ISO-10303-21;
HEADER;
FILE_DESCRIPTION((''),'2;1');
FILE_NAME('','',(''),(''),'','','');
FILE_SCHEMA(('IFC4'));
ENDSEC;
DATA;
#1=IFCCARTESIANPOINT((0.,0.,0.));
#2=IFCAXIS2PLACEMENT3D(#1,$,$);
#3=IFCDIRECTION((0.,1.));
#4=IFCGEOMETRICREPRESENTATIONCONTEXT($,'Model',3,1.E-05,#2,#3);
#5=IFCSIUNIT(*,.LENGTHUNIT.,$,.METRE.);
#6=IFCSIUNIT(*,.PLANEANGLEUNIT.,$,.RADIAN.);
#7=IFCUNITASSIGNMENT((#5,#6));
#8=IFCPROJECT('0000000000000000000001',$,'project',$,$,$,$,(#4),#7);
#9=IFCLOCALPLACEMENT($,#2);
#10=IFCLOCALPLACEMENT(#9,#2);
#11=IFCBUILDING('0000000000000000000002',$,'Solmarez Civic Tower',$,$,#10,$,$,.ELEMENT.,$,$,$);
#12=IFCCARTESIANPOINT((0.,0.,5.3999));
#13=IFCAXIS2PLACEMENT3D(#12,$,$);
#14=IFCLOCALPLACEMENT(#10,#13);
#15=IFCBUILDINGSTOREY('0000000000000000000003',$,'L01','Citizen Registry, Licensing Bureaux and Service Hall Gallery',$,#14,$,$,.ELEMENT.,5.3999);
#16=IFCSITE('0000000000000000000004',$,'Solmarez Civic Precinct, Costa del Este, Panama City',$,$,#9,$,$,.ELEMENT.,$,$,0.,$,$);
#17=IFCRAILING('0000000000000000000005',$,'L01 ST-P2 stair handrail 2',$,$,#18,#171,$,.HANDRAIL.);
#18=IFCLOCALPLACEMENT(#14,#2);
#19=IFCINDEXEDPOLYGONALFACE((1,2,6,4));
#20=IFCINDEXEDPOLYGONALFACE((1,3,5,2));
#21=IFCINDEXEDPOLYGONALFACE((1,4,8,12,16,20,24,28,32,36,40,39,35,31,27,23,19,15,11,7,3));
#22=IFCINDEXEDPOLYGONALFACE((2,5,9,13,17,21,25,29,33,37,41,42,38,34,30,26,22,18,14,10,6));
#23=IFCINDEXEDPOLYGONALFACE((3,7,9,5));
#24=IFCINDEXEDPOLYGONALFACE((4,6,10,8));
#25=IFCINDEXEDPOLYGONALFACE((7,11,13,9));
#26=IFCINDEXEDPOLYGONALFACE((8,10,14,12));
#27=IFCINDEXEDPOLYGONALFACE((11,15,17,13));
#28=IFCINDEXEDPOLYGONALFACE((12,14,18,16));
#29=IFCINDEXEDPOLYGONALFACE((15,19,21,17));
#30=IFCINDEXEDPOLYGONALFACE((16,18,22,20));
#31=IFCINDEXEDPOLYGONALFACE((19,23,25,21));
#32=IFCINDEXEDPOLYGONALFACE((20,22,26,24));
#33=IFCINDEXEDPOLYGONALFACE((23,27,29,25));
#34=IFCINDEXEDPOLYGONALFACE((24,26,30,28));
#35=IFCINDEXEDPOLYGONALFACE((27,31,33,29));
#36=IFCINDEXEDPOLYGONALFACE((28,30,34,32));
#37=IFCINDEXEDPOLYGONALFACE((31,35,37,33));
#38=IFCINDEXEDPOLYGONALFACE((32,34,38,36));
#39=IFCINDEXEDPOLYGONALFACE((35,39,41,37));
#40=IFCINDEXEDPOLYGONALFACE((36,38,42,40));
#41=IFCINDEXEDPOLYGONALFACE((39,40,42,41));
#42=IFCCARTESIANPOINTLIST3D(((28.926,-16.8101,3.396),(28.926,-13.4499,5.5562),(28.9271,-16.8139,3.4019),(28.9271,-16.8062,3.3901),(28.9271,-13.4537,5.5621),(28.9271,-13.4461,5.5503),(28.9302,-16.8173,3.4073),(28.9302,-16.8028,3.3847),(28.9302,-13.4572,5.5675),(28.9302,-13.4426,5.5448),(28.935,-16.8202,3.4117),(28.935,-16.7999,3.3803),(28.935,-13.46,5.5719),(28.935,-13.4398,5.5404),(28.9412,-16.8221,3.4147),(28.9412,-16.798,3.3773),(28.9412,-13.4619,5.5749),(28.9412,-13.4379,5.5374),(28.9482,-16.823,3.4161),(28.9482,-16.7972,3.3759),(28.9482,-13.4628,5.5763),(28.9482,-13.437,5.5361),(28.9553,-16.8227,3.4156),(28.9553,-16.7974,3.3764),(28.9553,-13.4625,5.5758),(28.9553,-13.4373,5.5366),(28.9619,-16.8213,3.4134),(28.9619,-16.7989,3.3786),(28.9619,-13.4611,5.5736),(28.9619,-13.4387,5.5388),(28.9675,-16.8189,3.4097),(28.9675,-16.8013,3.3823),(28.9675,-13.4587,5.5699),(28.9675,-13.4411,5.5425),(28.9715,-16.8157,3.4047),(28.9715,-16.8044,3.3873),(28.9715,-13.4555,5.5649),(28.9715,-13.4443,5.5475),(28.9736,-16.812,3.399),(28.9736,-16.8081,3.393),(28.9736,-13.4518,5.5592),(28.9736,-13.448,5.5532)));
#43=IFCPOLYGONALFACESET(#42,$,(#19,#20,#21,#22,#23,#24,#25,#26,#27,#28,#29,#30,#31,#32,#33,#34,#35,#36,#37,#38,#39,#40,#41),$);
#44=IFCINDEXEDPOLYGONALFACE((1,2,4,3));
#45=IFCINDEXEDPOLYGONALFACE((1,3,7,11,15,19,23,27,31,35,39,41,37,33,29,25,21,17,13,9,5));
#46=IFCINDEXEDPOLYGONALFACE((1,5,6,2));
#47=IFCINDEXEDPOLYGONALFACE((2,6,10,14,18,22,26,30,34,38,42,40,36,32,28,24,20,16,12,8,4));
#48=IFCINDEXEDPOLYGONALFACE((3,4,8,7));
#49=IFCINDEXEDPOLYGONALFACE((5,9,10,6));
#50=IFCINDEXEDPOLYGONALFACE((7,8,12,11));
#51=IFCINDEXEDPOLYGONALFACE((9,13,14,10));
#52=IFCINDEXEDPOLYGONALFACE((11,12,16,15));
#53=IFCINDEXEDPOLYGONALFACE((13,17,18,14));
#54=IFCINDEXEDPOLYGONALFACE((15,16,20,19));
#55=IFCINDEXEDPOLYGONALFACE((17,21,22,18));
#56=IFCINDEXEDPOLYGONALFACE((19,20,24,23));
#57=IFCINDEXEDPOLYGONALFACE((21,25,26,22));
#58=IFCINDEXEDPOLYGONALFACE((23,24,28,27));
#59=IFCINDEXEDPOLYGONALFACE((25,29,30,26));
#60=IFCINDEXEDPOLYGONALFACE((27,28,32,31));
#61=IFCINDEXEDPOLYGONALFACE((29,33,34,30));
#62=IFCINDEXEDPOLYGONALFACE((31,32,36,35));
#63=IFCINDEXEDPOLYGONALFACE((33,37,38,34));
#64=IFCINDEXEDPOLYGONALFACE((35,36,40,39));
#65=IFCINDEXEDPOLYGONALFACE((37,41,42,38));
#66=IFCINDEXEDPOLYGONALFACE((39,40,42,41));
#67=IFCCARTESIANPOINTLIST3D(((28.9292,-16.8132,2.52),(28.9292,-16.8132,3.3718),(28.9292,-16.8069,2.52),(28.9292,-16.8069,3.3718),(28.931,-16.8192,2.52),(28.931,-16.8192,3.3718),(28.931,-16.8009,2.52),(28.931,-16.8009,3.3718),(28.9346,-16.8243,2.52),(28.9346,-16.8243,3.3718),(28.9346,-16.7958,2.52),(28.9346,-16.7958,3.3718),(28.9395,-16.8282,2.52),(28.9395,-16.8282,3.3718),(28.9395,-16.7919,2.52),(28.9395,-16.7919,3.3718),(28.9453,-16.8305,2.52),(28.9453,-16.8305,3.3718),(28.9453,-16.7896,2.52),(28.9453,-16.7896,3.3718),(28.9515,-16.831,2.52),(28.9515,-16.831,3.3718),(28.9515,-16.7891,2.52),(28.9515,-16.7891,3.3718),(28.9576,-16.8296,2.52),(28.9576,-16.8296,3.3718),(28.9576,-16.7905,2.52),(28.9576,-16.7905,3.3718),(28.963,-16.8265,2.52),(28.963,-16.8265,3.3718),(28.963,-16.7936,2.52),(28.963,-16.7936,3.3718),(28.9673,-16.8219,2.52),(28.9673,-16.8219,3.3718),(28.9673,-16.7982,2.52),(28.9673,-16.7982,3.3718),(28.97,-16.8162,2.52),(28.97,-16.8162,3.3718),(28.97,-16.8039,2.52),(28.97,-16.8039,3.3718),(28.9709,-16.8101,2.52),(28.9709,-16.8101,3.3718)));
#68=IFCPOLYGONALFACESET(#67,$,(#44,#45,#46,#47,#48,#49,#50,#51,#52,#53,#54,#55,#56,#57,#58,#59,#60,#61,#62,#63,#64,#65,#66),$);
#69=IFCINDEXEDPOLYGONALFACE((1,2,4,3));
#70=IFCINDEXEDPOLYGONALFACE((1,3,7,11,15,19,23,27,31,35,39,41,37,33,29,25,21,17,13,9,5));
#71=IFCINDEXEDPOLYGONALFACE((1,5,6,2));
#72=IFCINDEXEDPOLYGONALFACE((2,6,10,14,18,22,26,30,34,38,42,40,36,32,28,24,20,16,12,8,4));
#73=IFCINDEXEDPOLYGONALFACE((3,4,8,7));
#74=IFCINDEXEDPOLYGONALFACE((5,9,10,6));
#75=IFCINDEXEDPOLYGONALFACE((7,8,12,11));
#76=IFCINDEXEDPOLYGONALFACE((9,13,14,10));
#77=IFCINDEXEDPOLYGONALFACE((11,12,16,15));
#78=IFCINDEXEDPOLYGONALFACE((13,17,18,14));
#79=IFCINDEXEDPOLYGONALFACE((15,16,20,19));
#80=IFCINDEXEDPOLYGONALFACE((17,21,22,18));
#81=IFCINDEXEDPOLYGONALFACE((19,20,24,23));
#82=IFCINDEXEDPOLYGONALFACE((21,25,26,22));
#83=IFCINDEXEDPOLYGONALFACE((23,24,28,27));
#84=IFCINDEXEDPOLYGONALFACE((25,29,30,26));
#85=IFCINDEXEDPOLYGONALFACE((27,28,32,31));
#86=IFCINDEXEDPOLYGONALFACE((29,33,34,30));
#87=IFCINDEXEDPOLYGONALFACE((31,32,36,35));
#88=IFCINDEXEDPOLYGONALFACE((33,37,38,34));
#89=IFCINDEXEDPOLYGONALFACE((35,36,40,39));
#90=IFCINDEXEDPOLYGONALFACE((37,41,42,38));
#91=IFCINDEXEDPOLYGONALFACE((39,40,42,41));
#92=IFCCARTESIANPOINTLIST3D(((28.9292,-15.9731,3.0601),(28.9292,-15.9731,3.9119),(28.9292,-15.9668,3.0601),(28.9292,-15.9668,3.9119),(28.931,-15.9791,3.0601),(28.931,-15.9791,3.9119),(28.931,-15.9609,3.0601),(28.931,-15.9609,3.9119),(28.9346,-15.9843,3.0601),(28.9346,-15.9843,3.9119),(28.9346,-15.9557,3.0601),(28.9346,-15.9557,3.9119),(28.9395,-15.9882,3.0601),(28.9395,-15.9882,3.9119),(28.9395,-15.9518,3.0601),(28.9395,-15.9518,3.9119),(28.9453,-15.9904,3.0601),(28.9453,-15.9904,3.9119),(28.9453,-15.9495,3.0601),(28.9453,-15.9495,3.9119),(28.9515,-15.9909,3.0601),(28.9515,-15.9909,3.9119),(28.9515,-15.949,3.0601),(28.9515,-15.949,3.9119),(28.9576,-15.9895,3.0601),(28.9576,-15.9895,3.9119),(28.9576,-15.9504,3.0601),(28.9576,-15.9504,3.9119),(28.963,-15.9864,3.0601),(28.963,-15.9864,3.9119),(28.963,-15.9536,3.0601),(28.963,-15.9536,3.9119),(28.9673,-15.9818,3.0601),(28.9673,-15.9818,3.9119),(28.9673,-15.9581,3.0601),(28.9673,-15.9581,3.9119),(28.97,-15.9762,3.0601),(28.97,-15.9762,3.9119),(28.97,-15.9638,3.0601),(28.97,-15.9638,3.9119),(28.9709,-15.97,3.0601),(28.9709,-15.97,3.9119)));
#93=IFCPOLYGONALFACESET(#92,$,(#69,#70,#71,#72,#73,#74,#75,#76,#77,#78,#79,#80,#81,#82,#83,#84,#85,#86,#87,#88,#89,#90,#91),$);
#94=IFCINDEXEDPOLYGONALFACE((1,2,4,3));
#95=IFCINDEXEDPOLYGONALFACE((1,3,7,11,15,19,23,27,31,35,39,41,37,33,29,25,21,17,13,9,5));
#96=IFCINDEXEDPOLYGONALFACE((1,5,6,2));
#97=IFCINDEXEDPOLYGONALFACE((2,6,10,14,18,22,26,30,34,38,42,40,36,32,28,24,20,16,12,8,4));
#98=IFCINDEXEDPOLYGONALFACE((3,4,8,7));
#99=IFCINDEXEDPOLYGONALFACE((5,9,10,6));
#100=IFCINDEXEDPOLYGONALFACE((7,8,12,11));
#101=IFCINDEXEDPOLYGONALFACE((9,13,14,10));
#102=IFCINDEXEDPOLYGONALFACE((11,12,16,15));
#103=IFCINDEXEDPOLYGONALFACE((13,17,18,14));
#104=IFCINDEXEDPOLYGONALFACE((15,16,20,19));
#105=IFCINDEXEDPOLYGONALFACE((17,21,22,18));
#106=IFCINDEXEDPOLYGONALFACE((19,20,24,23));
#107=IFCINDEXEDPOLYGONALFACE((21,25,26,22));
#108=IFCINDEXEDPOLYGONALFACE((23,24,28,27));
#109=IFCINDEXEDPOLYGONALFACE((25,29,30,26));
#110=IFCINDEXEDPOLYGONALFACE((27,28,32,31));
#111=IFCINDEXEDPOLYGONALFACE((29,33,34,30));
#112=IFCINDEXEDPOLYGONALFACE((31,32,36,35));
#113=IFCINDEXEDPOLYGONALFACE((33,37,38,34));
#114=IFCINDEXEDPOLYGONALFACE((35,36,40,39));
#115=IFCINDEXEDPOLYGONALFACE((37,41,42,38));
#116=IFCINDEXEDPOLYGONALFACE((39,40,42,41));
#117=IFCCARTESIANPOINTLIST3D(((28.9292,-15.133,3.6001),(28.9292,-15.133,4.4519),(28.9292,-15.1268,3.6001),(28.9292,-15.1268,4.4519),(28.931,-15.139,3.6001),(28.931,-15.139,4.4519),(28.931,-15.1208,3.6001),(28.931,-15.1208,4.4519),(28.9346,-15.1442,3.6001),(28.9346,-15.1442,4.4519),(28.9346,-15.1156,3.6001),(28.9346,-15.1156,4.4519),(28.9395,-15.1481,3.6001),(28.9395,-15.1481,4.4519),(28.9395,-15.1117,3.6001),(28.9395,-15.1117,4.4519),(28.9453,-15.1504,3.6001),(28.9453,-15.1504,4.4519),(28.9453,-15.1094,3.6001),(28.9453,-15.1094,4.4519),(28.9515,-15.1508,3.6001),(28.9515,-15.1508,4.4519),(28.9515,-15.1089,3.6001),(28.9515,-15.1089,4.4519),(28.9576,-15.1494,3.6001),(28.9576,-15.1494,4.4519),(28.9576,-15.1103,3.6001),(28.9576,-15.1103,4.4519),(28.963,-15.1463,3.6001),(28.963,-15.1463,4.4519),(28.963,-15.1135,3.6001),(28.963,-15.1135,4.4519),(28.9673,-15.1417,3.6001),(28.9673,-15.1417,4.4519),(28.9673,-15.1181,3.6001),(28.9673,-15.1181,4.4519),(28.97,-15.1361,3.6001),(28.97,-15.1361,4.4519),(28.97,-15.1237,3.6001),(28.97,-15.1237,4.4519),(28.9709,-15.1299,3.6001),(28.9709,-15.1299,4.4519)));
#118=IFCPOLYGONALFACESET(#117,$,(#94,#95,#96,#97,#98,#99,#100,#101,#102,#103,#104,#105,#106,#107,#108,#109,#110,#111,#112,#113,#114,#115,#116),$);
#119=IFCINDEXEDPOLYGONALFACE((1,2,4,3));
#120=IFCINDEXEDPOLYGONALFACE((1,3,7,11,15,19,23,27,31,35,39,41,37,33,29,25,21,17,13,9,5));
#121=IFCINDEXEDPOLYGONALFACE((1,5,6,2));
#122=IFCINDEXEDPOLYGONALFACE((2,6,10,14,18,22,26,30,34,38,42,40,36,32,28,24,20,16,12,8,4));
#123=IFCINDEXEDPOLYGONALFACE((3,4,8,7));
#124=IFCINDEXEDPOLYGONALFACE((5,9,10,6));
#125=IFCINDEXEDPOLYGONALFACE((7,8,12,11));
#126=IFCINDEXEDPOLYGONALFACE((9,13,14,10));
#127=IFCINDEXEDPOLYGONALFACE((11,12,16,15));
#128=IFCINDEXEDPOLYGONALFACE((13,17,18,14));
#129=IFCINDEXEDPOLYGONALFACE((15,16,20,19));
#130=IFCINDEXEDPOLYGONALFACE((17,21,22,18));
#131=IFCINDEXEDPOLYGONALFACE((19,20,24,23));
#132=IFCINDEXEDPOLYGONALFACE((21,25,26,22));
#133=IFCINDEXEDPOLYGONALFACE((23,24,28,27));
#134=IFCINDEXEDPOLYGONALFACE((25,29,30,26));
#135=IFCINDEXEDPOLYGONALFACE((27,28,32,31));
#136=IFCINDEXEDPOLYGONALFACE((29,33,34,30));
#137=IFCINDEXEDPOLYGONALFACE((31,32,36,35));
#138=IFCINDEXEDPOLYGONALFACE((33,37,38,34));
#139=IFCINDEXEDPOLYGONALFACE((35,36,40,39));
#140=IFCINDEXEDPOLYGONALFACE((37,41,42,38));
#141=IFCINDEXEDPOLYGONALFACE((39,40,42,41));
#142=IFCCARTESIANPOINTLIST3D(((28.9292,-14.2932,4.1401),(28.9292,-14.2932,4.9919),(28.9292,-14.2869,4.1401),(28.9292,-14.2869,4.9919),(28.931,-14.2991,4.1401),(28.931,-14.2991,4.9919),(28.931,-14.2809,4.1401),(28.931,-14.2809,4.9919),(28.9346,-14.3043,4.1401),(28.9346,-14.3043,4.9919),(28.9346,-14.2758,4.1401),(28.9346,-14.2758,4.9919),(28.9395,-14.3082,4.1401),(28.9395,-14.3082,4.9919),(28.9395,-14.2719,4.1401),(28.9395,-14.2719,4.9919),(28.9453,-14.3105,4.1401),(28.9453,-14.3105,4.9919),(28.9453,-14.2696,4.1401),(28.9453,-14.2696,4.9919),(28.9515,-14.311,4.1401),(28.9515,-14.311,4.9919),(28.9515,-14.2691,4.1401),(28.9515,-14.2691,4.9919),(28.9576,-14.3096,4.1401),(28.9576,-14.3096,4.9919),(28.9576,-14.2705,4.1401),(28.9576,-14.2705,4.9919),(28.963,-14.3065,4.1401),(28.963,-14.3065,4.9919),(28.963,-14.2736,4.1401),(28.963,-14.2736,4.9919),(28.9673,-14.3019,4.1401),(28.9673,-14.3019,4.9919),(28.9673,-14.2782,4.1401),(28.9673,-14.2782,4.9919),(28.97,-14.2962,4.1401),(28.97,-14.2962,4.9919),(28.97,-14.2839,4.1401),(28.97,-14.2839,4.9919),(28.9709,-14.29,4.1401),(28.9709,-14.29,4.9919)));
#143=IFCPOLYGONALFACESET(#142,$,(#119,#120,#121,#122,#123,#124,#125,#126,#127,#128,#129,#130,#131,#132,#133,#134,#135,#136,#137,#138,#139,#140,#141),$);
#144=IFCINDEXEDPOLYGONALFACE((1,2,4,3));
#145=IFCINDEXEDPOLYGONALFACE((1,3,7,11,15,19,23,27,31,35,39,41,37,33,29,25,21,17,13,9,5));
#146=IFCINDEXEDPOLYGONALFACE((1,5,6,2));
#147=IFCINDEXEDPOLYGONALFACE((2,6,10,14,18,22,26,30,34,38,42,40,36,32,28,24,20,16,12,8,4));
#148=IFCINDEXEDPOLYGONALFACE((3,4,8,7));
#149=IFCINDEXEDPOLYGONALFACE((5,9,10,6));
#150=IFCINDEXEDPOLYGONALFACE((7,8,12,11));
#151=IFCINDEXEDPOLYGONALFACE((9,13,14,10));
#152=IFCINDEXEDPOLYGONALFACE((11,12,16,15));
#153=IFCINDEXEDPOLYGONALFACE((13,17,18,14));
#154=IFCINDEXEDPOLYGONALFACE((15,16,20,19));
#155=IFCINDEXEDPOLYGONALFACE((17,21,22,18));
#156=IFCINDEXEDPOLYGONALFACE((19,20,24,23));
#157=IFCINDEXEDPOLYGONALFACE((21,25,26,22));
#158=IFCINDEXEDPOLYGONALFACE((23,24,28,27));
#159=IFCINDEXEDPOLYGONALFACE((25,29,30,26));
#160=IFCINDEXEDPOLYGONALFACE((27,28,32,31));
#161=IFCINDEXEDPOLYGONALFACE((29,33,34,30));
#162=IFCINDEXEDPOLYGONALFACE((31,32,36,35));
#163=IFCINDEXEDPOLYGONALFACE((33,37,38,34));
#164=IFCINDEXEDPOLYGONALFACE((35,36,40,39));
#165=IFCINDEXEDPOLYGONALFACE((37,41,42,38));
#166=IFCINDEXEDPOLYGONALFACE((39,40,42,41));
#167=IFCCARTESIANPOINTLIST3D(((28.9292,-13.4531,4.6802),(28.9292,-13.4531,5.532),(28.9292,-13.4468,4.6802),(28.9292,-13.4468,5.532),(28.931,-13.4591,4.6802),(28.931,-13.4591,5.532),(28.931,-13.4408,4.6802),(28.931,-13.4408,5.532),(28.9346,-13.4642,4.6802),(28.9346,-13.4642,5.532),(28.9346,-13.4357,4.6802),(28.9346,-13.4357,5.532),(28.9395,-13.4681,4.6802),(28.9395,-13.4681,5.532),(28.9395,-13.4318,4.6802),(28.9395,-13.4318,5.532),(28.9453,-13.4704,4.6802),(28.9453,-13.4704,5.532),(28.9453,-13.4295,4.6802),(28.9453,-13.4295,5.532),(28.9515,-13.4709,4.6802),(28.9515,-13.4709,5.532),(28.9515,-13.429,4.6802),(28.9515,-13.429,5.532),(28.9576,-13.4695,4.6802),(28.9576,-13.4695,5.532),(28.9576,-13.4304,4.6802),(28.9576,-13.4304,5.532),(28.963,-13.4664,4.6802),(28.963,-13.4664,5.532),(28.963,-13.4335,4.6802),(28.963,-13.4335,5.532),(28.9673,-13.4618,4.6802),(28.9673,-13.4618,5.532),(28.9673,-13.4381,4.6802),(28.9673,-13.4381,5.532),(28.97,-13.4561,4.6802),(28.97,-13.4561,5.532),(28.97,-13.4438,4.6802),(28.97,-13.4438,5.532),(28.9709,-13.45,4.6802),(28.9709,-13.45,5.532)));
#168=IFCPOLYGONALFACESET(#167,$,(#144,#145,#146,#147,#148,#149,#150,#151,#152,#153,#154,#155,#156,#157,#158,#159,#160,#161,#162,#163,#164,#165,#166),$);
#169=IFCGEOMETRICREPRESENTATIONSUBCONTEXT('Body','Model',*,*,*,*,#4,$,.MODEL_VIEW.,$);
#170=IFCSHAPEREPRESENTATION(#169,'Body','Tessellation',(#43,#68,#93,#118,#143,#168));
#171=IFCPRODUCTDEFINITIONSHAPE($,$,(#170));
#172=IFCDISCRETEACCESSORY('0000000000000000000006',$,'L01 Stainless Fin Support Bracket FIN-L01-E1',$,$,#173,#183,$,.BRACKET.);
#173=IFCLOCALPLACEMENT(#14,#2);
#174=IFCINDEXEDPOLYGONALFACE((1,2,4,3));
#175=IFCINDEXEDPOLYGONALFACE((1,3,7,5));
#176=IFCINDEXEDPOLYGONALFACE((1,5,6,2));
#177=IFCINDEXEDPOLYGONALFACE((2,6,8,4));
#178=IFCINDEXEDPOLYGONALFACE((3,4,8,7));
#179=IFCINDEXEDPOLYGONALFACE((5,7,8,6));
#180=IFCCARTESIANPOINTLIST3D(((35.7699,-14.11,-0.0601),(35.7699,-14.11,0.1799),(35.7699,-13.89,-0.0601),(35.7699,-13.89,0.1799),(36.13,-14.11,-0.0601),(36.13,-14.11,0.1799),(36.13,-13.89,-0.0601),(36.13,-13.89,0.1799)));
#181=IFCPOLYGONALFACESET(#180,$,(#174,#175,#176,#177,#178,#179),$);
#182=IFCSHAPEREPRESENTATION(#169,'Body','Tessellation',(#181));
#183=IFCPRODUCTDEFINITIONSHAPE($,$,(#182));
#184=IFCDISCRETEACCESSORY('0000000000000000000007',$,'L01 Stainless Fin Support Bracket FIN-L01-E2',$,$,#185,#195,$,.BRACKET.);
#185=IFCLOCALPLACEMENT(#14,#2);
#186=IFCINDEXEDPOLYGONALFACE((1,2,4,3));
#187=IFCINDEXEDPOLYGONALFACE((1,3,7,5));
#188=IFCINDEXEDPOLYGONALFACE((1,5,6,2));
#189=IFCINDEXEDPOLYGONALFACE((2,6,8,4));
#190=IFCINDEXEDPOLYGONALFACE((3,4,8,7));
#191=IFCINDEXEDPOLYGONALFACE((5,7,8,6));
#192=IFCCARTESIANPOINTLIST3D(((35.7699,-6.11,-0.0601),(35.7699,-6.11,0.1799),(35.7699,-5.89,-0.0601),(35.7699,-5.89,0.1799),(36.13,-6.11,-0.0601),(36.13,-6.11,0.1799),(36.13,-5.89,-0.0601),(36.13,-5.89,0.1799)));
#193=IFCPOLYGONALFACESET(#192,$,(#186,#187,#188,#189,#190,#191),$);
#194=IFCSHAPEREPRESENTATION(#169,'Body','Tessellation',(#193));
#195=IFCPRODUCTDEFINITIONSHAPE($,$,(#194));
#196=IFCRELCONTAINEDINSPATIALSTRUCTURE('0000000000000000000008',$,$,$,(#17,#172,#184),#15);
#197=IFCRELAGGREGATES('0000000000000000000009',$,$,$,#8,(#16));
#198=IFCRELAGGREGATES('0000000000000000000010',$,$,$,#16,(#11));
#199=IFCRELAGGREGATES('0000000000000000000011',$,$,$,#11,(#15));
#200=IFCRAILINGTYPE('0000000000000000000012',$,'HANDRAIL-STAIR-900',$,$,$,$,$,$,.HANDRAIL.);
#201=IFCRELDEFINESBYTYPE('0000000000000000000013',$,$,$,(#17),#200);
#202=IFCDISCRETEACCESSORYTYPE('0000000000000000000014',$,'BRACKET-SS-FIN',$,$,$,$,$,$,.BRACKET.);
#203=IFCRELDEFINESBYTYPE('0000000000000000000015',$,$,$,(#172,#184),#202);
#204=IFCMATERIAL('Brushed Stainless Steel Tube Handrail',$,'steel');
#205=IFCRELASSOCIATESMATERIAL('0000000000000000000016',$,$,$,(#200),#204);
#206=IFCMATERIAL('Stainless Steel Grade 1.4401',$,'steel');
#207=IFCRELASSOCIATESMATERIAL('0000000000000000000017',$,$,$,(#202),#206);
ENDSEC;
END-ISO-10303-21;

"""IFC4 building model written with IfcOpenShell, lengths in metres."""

from ifc_helpers import new_model, si_unit, direction, frame, origin, origin_2d, place, context, subcontext, project, spatial, rectangle, circle, extrude, material, type_object, element, save


model = new_model("IFC4")

# Units and contexts
model_context = context("Model", 3, precision=1e-05, world=origin(), true_north=direction((0.0, 1.0)))
body_context = subcontext(model_context, "Body", "Model", "MODEL_VIEW")
ifc_project = project(units=[si_unit("LENGTHUNIT", "METRE"), si_unit("PLANEANGLEUNIT", "RADIAN")], contexts=[model_context])

# Site, building, storey
site_placement = place(None, origin())
site = spatial("IfcSite", under=ifc_project, at=site_placement, Name="Solmarez Civic Precinct, Costa del Este, Panama City", CompositionType="ELEMENT", RefElevation=0.0)
building_placement = place(site_placement, origin())
building = spatial("IfcBuilding", under=site, at=building_placement, Name="Solmarez Civic Tower", CompositionType="ELEMENT")
storey_placement = place(building_placement, frame((0.0, 0.0, 5.3999)))
storey = spatial("IfcBuildingStorey", under=building, at=storey_placement, Name="L01", Description="Citizen Registry, Licensing Bureaux and Service Hall Gallery", CompositionType="ELEMENT", Elevation=5.3999)

# Railing
ifc_material_1 = material(Name="Brushed Stainless Steel Tube Handrail", Category="steel")
railing_type_1 = type_object("IfcRailingType", Name="HANDRAIL-STAIR-900", PredefinedType="HANDRAIL", material=ifc_material_1)
railing_1_placement = place(storey_placement, frame((28.95, -16.8101, 2.52)))
element("IfcRailing", 1, at=railing_1_placement, inside=storey, type_object=railing_type_1, Name="L01 ST-P2 stair handrail 2", PredefinedType="HANDRAIL", context=body_context, shape_type="SweptSolid", body=[
    extrude(circle(Radius=0.0239, at=origin_2d()), frame((0.0, 0.0, 0.876), z_axis=(0.0, 0.841169, 0.540773), x_axis=(-1.0, 0.0, 0.0)), (0.0, 0.0, 1.0), 3.9946),
    extrude(circle(Radius=0.021, at=origin_2d()), origin(), (0.0, 0.0, 1.0), 0.8518),
    extrude(circle(Radius=0.021, at=origin_2d()), frame((0.0, 0.8401, 0.54)), (0.0, 0.0, 1.0), 0.8518),
    extrude(circle(Radius=0.021, at=origin_2d()), frame((0.0, 1.6802, 1.0801)), (0.0, 0.0, 1.0), 0.8518),
    extrude(circle(Radius=0.021, at=origin_2d()), frame((0.0, 2.52, 1.6201)), (0.0, 0.0, 1.0), 0.8518),
    extrude(circle(Radius=0.021, at=origin_2d()), frame((0.0, 3.3601, 2.1602)), (0.0, 0.0, 1.0), 0.8518),
])

# Discrete accessories
ifc_material_2 = material(Name="Stainless Steel Grade 1.4401", Category="steel")
discrete_accessory_type = type_object("IfcDiscreteAccessoryType", Name="BRACKET-SS-FIN", PredefinedType="BRACKET", material=ifc_material_2)
for number, where, z_axis, x_axis, name in (
    (2, (35.95, -14.0, -0.0601), (0.0, 0.0, 1.0), (1.0, 0.0, 0.0), "L01 Stainless Fin Support Bracket FIN-L01-E1"),
    (3, (35.95, -6.0, -0.0601), (0.0, 0.0, 1.0), (1.0, 0.0, 0.0), "L01 Stainless Fin Support Bracket FIN-L01-E2"),
):
    element("IfcDiscreteAccessory", number, at=place(storey_placement, frame(where, z_axis=z_axis, x_axis=x_axis)), inside=storey, type_object=discrete_accessory_type, Name=name, PredefinedType="BRACKET", context=body_context, shape_type="SweptSolid", body=[
        extrude(rectangle(XDim=0.3601, YDim=0.22, at=origin_2d()), origin(), (0.0, 0.0, 1.0), 0.24),
    ])

save(model, "model.ifc")
